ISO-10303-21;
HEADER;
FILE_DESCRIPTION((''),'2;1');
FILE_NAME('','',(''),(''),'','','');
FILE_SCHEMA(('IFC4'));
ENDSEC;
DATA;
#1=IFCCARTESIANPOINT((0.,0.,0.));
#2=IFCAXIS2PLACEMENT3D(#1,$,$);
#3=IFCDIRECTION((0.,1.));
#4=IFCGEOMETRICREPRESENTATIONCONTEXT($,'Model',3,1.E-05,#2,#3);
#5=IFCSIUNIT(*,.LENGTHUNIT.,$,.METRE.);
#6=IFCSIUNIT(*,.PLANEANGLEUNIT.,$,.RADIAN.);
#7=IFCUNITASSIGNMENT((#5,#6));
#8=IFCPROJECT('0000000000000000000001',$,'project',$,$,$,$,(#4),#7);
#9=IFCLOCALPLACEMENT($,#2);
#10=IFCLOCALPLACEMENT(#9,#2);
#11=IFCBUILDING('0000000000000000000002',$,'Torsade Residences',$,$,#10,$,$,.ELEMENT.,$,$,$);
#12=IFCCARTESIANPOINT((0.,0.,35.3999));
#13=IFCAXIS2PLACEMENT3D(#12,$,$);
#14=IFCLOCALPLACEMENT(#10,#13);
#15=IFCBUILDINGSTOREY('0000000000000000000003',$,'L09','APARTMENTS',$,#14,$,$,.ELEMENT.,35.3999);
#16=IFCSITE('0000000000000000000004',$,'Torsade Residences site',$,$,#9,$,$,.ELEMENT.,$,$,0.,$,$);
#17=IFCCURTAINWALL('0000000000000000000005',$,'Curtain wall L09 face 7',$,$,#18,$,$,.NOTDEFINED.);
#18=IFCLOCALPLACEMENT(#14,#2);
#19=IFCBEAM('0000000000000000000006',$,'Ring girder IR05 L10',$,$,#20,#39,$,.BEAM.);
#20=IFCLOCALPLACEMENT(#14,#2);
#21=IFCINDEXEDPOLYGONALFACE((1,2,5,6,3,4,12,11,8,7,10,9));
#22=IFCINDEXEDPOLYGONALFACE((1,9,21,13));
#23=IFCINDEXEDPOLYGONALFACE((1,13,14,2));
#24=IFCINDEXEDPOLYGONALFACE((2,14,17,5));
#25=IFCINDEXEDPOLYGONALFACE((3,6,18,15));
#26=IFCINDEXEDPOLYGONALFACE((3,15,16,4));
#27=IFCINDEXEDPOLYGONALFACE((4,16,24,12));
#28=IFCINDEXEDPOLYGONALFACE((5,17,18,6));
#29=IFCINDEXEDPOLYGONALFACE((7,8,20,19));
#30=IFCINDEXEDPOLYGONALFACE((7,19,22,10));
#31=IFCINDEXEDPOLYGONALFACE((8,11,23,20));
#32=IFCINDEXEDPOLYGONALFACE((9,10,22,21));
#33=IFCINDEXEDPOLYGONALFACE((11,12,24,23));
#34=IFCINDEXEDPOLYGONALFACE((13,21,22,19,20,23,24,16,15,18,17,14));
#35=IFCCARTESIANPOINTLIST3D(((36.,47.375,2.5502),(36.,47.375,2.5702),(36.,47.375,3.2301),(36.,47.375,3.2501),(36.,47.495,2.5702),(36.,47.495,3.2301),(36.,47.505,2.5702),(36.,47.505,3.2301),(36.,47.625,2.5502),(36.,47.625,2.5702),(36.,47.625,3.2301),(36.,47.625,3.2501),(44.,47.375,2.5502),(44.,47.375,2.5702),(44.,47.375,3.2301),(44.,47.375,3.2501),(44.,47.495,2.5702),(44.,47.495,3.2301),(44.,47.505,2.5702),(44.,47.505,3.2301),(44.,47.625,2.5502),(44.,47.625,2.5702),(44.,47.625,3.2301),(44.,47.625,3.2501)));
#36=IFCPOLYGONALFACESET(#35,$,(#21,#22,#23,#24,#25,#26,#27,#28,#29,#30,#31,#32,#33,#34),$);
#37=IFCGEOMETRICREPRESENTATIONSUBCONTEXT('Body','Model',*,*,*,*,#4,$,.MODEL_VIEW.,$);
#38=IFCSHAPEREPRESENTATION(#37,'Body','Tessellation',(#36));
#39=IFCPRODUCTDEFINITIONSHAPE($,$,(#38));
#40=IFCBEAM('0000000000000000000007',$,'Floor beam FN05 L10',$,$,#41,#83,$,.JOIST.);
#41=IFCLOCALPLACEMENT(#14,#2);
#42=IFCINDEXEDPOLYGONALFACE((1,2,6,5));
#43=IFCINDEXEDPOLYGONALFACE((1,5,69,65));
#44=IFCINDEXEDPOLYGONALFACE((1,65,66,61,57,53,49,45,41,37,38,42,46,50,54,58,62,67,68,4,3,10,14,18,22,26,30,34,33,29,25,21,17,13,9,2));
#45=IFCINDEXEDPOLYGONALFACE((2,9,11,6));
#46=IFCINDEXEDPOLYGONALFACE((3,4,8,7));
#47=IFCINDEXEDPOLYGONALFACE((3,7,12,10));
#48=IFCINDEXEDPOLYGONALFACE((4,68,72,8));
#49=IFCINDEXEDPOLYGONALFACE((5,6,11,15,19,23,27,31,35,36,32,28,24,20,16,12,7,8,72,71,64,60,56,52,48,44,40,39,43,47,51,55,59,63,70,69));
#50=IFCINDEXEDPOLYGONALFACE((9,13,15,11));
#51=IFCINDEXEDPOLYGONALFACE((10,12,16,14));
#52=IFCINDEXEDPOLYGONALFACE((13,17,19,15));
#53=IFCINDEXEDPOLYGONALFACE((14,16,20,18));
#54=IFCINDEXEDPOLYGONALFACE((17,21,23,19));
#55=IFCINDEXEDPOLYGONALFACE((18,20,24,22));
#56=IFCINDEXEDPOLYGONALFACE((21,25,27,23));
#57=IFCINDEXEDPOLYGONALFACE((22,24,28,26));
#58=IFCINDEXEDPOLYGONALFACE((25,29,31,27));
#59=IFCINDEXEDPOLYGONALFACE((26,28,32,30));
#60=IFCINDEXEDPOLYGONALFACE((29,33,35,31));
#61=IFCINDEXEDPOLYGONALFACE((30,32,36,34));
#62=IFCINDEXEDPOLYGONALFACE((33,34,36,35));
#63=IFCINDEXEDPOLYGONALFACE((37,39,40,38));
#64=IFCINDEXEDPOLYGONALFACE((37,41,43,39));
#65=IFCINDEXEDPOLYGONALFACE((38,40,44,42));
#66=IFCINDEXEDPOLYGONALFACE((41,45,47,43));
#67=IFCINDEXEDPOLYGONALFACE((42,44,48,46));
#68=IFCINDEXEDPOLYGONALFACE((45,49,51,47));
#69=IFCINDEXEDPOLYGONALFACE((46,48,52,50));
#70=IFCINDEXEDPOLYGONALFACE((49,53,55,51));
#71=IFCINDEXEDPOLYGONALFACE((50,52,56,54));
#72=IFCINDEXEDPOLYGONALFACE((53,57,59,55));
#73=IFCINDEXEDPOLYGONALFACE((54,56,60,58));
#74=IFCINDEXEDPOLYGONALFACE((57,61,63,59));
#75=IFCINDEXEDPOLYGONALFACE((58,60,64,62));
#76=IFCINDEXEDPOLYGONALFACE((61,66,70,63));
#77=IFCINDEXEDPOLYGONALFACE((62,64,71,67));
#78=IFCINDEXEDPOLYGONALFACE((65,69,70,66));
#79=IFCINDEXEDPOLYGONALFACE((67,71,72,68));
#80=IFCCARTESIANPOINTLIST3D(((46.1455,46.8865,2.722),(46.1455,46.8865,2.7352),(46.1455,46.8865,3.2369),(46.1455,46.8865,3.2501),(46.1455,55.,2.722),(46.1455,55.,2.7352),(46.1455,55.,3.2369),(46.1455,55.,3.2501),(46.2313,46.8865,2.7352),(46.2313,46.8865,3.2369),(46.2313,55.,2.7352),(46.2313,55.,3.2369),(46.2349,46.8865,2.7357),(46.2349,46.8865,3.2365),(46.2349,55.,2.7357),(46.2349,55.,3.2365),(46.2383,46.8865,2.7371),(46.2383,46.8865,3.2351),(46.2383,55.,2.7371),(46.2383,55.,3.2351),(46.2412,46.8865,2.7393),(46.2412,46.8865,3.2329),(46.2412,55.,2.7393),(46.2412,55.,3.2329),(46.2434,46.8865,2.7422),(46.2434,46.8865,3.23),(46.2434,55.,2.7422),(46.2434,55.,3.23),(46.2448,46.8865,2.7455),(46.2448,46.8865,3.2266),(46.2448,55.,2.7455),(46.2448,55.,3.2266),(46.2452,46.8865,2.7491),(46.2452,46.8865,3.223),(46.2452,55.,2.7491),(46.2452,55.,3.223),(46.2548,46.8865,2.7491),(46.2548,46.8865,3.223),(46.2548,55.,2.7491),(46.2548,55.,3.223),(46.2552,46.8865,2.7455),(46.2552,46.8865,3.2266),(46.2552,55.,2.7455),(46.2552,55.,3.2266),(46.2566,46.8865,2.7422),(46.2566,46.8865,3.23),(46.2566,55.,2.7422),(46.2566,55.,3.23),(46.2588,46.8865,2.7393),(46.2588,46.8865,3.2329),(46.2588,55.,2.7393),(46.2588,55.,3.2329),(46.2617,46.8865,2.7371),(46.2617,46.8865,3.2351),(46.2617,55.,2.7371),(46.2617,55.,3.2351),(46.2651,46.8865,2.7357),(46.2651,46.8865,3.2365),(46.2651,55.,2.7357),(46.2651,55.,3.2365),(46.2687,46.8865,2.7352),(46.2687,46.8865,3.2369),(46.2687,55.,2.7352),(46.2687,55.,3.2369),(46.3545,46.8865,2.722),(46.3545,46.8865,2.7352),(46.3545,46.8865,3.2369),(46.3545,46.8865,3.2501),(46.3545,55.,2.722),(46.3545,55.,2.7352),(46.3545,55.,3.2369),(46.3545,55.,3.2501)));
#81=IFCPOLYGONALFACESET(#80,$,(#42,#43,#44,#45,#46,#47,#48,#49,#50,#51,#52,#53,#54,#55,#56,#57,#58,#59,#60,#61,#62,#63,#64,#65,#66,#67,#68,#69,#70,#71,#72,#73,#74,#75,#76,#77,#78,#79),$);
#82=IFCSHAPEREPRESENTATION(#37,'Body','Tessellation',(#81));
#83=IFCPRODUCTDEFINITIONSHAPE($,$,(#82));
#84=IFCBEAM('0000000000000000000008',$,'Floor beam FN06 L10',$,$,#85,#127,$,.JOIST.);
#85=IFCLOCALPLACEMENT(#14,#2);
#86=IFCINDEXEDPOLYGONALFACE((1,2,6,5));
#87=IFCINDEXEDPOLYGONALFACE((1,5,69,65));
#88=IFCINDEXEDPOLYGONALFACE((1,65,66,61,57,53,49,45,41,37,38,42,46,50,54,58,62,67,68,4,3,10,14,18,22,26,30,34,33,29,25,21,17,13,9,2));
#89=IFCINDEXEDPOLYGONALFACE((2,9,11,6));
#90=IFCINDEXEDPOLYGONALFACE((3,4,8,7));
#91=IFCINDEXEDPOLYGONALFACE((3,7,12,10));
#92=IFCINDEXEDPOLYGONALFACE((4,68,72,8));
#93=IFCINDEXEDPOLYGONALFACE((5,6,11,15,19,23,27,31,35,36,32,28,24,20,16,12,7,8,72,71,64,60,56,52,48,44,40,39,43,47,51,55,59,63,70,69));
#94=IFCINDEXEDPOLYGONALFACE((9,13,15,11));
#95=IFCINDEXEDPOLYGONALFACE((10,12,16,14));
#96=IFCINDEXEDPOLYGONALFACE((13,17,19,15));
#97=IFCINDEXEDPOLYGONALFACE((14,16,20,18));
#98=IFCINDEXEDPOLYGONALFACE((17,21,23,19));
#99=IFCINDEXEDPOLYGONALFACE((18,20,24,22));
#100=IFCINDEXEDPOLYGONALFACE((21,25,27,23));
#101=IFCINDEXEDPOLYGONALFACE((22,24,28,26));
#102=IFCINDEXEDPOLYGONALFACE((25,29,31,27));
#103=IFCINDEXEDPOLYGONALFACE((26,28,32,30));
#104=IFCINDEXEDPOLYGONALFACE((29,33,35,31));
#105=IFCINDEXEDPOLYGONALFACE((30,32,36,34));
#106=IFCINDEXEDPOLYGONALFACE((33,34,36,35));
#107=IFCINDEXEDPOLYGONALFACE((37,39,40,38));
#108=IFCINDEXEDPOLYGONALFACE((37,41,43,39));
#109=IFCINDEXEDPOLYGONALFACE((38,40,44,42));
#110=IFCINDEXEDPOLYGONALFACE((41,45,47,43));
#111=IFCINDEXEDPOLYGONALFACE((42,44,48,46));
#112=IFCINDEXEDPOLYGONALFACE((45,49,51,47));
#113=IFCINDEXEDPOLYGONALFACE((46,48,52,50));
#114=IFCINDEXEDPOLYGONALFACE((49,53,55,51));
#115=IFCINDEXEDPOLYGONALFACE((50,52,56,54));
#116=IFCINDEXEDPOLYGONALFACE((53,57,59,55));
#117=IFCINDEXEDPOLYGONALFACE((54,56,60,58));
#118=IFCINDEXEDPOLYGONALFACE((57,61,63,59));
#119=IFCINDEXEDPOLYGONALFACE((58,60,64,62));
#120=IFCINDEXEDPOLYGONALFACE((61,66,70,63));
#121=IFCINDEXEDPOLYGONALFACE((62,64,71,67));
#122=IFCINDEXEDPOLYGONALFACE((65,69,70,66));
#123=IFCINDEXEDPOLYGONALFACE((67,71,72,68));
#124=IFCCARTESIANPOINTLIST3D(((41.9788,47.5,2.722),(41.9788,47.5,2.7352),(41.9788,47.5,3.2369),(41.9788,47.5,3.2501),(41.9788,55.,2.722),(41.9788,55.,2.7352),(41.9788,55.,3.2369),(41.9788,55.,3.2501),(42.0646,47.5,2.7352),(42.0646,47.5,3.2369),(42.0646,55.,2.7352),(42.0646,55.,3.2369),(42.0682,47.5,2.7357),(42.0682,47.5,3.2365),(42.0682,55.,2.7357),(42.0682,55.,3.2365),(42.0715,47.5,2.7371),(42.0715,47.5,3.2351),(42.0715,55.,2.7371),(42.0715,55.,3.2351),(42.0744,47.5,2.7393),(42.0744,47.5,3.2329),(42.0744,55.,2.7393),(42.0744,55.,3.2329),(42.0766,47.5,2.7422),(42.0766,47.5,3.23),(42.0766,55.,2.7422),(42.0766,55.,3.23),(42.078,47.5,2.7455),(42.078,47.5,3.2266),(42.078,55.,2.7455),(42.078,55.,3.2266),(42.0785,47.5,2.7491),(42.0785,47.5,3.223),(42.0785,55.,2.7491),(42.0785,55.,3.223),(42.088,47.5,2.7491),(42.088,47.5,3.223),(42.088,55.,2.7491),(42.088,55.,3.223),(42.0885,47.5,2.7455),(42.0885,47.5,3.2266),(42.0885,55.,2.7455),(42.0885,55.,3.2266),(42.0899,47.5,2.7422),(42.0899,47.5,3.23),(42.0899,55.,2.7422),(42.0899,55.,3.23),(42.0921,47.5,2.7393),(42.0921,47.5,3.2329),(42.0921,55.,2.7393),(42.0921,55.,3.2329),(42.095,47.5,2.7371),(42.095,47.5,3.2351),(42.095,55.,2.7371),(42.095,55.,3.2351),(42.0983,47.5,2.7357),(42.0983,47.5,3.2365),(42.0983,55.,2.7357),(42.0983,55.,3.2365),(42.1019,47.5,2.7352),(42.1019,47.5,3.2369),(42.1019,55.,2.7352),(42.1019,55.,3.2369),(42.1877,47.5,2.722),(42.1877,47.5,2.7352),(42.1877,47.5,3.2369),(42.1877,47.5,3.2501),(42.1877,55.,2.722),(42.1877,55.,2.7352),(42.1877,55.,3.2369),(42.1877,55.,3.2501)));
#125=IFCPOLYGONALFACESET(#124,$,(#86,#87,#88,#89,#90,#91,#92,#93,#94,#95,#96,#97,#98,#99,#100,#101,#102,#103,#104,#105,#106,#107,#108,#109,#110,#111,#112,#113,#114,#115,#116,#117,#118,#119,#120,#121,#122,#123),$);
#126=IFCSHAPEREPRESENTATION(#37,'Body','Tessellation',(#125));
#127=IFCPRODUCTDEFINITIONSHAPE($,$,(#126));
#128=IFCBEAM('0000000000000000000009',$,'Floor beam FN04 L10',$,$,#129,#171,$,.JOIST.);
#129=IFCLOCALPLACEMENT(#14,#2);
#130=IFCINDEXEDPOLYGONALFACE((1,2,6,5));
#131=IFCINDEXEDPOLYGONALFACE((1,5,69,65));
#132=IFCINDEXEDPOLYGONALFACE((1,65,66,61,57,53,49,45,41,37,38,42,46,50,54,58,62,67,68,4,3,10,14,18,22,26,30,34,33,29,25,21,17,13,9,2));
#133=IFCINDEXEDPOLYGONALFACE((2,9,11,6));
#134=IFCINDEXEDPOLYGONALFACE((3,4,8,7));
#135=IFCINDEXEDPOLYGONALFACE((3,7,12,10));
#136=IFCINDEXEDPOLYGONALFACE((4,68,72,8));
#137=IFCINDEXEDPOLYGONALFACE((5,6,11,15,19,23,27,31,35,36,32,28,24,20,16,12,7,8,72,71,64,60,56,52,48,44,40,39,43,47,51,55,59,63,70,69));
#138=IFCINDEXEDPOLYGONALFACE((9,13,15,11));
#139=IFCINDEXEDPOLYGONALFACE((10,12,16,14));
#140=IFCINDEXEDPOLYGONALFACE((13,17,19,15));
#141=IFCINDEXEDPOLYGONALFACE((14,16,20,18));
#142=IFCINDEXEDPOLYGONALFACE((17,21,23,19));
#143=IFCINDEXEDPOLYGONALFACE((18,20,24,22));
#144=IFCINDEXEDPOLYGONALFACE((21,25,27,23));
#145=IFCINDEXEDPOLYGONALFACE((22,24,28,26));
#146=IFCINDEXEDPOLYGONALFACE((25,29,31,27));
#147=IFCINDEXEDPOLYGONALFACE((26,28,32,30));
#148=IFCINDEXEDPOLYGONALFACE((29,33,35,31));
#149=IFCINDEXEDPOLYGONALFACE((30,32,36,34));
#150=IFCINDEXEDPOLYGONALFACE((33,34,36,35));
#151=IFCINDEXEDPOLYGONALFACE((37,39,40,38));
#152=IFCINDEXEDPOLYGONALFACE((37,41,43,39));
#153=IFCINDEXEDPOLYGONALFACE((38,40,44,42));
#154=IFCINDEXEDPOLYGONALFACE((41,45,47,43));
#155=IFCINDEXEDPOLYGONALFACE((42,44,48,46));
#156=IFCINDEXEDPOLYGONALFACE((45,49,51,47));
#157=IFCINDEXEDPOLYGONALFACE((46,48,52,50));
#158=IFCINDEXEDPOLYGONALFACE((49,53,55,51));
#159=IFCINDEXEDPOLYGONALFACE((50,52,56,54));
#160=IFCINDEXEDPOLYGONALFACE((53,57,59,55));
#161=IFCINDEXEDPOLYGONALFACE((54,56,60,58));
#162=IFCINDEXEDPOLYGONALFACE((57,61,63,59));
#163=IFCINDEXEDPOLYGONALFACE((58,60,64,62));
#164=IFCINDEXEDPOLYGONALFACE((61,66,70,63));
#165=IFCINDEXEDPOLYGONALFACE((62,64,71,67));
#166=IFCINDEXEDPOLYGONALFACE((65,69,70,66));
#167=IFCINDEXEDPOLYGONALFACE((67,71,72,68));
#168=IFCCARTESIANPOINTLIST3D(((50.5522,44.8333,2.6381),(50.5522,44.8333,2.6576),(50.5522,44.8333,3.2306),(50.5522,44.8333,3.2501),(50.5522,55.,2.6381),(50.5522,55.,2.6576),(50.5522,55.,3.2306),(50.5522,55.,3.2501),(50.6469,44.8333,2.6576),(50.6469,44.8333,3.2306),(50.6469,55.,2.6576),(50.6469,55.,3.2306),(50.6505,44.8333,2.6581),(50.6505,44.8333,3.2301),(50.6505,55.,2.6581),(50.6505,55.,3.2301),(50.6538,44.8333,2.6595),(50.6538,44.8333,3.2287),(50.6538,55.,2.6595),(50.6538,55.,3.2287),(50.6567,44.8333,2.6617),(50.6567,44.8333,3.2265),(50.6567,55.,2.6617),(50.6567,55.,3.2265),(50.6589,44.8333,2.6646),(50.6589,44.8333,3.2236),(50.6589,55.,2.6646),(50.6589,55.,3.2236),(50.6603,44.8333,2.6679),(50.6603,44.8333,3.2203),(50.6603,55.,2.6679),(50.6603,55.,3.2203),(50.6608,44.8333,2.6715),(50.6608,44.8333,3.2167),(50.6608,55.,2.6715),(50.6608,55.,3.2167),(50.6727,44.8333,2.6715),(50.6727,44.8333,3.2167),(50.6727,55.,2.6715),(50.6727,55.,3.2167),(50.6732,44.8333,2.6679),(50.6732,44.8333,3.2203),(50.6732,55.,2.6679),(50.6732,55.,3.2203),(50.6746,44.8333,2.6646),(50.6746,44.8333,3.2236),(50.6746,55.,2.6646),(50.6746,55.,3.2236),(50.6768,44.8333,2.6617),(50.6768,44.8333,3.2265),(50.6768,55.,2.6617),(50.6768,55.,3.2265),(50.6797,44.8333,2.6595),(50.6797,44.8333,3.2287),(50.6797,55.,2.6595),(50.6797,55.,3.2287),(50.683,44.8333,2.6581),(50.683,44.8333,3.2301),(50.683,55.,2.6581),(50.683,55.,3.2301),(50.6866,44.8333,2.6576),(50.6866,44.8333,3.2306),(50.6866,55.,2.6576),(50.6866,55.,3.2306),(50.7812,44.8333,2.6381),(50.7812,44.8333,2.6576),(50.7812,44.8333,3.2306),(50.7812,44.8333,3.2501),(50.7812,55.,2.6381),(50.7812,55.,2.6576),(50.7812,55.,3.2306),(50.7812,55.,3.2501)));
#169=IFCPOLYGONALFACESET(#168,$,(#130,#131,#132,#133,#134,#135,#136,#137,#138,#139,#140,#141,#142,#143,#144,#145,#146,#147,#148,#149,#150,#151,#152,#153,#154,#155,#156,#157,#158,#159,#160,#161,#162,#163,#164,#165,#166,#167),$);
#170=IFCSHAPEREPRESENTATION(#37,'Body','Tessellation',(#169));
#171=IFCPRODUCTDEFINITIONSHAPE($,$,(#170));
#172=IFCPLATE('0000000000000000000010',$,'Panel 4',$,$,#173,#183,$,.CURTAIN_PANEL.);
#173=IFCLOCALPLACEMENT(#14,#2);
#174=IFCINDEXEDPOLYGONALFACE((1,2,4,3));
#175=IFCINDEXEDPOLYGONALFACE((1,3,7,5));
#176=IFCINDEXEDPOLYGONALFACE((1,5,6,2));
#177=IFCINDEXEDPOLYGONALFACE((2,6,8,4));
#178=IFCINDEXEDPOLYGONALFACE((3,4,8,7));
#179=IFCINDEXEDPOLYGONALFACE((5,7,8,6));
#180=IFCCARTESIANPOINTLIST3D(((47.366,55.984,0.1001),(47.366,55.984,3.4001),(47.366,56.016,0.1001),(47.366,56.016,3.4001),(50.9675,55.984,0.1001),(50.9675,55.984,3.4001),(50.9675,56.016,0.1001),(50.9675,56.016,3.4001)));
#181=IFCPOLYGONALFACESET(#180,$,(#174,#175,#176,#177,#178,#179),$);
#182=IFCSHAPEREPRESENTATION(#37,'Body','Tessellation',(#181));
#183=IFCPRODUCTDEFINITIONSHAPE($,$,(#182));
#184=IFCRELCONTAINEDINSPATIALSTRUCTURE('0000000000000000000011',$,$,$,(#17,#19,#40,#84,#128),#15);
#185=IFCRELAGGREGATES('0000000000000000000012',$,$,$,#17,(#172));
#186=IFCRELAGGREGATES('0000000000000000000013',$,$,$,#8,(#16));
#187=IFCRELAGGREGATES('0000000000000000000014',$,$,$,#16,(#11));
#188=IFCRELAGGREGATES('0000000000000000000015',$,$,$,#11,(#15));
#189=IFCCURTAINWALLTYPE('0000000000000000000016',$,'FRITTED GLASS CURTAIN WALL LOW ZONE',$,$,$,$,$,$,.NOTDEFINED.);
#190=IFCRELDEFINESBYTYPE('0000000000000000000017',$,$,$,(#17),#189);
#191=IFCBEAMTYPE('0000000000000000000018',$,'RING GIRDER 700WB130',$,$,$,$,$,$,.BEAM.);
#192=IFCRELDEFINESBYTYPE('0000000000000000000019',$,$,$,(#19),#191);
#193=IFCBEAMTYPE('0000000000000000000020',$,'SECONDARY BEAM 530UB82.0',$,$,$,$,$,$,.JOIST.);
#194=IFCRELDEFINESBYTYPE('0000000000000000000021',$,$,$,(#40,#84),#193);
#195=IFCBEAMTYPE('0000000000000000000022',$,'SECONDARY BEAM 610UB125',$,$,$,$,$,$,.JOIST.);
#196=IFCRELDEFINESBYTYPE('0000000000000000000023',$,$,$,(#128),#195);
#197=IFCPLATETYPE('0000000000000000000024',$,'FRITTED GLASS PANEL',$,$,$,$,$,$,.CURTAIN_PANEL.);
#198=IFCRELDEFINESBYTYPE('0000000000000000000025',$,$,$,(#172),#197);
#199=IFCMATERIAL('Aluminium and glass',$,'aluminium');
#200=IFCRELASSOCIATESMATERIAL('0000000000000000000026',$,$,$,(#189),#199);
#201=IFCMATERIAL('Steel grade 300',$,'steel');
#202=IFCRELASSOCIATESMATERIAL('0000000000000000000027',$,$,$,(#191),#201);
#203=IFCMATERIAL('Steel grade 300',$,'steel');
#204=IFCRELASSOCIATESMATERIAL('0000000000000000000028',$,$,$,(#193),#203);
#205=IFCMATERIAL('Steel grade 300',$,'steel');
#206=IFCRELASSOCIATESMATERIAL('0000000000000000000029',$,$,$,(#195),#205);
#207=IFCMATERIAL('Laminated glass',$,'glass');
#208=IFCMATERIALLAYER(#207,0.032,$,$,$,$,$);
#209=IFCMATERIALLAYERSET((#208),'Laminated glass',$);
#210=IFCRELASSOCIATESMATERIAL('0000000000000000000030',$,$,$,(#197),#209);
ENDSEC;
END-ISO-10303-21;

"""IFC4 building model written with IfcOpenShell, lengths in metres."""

from ifc_helpers import new_model, si_unit, direction, frame, origin, origin_2d, place, context, subcontext, project, spatial, rectangle, i_section, extrude, material, layer, layer_set, material_profile, profile_set, type_object, element, aggregate, save


model = new_model("IFC4")

# Units and contexts
model_context = context("Model", 3, precision=1e-05, world=origin(), true_north=direction((0.0, 1.0)))
body_context = subcontext(model_context, "Body", "Model", "MODEL_VIEW")
ifc_project = project(units=[si_unit("LENGTHUNIT", "METRE"), si_unit("PLANEANGLEUNIT", "RADIAN")], contexts=[model_context])

# Site, building, storey
site_placement = place(None, origin())
site = spatial("IfcSite", under=ifc_project, at=site_placement, Name="Torsade Residences site", CompositionType="ELEMENT", RefElevation=0.0)
building_placement = place(site_placement, origin())
building = spatial("IfcBuilding", under=site, at=building_placement, Name="Torsade Residences", CompositionType="ELEMENT")
storey_placement = place(building_placement, frame((0.0, 0.0, 35.3999)))
storey = spatial("IfcBuildingStorey", under=building, at=storey_placement, Name="L09", Description="APARTMENTS", CompositionType="ELEMENT", Elevation=35.3999)

# Curtain wall
ifc_material_1 = material(Name="Aluminium and glass", Category="aluminium")
curtain_wall_type = type_object("IfcCurtainWallType", Name="FRITTED GLASS CURTAIN WALL LOW ZONE", PredefinedType="NOTDEFINED", material=ifc_material_1)
curtain_wall_placement = place(storey_placement, origin())
curtain_wall = element("IfcCurtainWall", 1, at=curtain_wall_placement, inside=storey, type_object=curtain_wall_type, Name="Curtain wall L09 face 7", PredefinedType="NOTDEFINED")

# Beams
ifc_material_2 = material(Name="Steel grade 300", Category="steel")
ifc_material_profile_1 = material_profile(ifc_material_2, i_section(OverallWidth=0.25, OverallDepth=0.7, WebThickness=0.01, FlangeThickness=0.02, at=origin_2d()), Name="700WB130")
ifc_profile_set_1 = profile_set([ifc_material_profile_1], Name="Steel grade 300")
beam_type_1 = type_object("IfcBeamType", Name="RING GIRDER 700WB130", PredefinedType="BEAM", material=ifc_profile_set_1)
beam_1_placement = place(storey_placement, frame((44.0, 47.5, 2.9001), z_axis=(-1.0, 0.0, 0.0), x_axis=(0.0, -1.0, 0.0)))
element("IfcBeam", 2, at=beam_1_placement, inside=storey, type_object=beam_type_1, Name="Ring girder IR05 L10", PredefinedType="BEAM", context=body_context, shape_type="SweptSolid", body=[
    extrude(i_section(OverallWidth=0.25, OverallDepth=0.7, WebThickness=0.01, FlangeThickness=0.02, at=origin_2d()), origin(), (0.0, 0.0, 1.0), 8.0),
])
ifc_material_3 = material(Name="Steel grade 300", Category="steel")
ifc_material_profile_2 = material_profile(ifc_material_3, i_section(OverallWidth=0.209, OverallDepth=0.5281, WebThickness=0.0095, FlangeThickness=0.0132, FilletRadius=0.0139, at=origin_2d()), Name="530UB82.0")
ifc_profile_set_2 = profile_set([ifc_material_profile_2], Name="Steel grade 300")
beam_type_2 = type_object("IfcBeamType", Name="SECONDARY BEAM 530UB82.0", PredefinedType="JOIST", material=ifc_profile_set_2)
beam_2_placement = place(storey_placement, frame((46.25, 55.0, 2.9861), z_axis=(0.0, -1.0, 0.0), x_axis=(1.0, 0.0, 0.0)))
element("IfcBeam", 3, at=beam_2_placement, inside=storey, type_object=beam_type_2, Name="Floor beam FN05 L10", PredefinedType="JOIST", context=body_context, shape_type="SweptSolid", body=[
    extrude(i_section(OverallWidth=0.209, OverallDepth=0.5281, WebThickness=0.0095, FlangeThickness=0.0132, FilletRadius=0.0139, at=origin_2d()), origin(), (0.0, 0.0, 1.0), 8.1135),
])
beam_3_placement = place(storey_placement, frame((42.0833, 55.0, 2.9861), z_axis=(0.0, -1.0, 0.0), x_axis=(1.0, 0.0, 0.0)))
element("IfcBeam", 4, at=beam_3_placement, inside=storey, type_object=beam_type_2, Name="Floor beam FN06 L10", PredefinedType="JOIST", context=body_context, shape_type="SweptSolid", body=[
    extrude(i_section(OverallWidth=0.209, OverallDepth=0.5281, WebThickness=0.0095, FlangeThickness=0.0132, FilletRadius=0.0139, at=origin_2d()), origin(), (0.0, 0.0, 1.0), 7.5),
])
ifc_material_4 = material(Name="Steel grade 300", Category="steel")
ifc_material_profile_3 = material_profile(ifc_material_4, i_section(OverallWidth=0.229, OverallDepth=0.6121, WebThickness=0.012, FlangeThickness=0.0195, FilletRadius=0.0139, at=origin_2d()), Name="610UB125")
ifc_profile_set_3 = profile_set([ifc_material_profile_3], Name="Steel grade 300")
beam_type_3 = type_object("IfcBeamType", Name="SECONDARY BEAM 610UB125", PredefinedType="JOIST", material=ifc_profile_set_3)
beam_4_placement = place(storey_placement, frame((50.6667, 55.0, 2.9441), z_axis=(0.0, -1.0, 0.0), x_axis=(1.0, 0.0, 0.0)))
element("IfcBeam", 5, at=beam_4_placement, inside=storey, type_object=beam_type_3, Name="Floor beam FN04 L10", PredefinedType="JOIST", context=body_context, shape_type="SweptSolid", body=[
    extrude(i_section(OverallWidth=0.229, OverallDepth=0.6121, WebThickness=0.012, FlangeThickness=0.0195, FilletRadius=0.0139, at=origin_2d()), origin(), (0.0, 0.0, 1.0), 10.1667),
])

# Plate
ifc_material_5 = material(Name="Laminated glass", Category="glass")
ifc_layer_1 = layer(ifc_material_5, 0.032)
ifc_layer_set_1 = layer_set([ifc_layer_1], Name="Laminated glass")
plate_type_1 = type_object("IfcPlateType", Name="FRITTED GLASS PANEL", PredefinedType="CURTAIN_PANEL", material=ifc_layer_set_1)
plate_1_placement = place(storey_placement, frame((49.1667, 56.0, 0.1001), z_axis=(0.0, 0.0, 1.0), x_axis=(-1.0, 0.0, 0.0)))
plate_1 = element("IfcPlate", 6, at=plate_1_placement, type_object=plate_type_1, Name="Panel 4", PredefinedType="CURTAIN_PANEL", context=body_context, shape_type="SweptSolid", body=[
    extrude(rectangle(XDim=3.6016, YDim=0.032, at=origin_2d()), origin(), (0.0, 0.0, 1.0), 3.3),
])
aggregate(curtain_wall, [plate_1])

save(model, "model.ifc")
